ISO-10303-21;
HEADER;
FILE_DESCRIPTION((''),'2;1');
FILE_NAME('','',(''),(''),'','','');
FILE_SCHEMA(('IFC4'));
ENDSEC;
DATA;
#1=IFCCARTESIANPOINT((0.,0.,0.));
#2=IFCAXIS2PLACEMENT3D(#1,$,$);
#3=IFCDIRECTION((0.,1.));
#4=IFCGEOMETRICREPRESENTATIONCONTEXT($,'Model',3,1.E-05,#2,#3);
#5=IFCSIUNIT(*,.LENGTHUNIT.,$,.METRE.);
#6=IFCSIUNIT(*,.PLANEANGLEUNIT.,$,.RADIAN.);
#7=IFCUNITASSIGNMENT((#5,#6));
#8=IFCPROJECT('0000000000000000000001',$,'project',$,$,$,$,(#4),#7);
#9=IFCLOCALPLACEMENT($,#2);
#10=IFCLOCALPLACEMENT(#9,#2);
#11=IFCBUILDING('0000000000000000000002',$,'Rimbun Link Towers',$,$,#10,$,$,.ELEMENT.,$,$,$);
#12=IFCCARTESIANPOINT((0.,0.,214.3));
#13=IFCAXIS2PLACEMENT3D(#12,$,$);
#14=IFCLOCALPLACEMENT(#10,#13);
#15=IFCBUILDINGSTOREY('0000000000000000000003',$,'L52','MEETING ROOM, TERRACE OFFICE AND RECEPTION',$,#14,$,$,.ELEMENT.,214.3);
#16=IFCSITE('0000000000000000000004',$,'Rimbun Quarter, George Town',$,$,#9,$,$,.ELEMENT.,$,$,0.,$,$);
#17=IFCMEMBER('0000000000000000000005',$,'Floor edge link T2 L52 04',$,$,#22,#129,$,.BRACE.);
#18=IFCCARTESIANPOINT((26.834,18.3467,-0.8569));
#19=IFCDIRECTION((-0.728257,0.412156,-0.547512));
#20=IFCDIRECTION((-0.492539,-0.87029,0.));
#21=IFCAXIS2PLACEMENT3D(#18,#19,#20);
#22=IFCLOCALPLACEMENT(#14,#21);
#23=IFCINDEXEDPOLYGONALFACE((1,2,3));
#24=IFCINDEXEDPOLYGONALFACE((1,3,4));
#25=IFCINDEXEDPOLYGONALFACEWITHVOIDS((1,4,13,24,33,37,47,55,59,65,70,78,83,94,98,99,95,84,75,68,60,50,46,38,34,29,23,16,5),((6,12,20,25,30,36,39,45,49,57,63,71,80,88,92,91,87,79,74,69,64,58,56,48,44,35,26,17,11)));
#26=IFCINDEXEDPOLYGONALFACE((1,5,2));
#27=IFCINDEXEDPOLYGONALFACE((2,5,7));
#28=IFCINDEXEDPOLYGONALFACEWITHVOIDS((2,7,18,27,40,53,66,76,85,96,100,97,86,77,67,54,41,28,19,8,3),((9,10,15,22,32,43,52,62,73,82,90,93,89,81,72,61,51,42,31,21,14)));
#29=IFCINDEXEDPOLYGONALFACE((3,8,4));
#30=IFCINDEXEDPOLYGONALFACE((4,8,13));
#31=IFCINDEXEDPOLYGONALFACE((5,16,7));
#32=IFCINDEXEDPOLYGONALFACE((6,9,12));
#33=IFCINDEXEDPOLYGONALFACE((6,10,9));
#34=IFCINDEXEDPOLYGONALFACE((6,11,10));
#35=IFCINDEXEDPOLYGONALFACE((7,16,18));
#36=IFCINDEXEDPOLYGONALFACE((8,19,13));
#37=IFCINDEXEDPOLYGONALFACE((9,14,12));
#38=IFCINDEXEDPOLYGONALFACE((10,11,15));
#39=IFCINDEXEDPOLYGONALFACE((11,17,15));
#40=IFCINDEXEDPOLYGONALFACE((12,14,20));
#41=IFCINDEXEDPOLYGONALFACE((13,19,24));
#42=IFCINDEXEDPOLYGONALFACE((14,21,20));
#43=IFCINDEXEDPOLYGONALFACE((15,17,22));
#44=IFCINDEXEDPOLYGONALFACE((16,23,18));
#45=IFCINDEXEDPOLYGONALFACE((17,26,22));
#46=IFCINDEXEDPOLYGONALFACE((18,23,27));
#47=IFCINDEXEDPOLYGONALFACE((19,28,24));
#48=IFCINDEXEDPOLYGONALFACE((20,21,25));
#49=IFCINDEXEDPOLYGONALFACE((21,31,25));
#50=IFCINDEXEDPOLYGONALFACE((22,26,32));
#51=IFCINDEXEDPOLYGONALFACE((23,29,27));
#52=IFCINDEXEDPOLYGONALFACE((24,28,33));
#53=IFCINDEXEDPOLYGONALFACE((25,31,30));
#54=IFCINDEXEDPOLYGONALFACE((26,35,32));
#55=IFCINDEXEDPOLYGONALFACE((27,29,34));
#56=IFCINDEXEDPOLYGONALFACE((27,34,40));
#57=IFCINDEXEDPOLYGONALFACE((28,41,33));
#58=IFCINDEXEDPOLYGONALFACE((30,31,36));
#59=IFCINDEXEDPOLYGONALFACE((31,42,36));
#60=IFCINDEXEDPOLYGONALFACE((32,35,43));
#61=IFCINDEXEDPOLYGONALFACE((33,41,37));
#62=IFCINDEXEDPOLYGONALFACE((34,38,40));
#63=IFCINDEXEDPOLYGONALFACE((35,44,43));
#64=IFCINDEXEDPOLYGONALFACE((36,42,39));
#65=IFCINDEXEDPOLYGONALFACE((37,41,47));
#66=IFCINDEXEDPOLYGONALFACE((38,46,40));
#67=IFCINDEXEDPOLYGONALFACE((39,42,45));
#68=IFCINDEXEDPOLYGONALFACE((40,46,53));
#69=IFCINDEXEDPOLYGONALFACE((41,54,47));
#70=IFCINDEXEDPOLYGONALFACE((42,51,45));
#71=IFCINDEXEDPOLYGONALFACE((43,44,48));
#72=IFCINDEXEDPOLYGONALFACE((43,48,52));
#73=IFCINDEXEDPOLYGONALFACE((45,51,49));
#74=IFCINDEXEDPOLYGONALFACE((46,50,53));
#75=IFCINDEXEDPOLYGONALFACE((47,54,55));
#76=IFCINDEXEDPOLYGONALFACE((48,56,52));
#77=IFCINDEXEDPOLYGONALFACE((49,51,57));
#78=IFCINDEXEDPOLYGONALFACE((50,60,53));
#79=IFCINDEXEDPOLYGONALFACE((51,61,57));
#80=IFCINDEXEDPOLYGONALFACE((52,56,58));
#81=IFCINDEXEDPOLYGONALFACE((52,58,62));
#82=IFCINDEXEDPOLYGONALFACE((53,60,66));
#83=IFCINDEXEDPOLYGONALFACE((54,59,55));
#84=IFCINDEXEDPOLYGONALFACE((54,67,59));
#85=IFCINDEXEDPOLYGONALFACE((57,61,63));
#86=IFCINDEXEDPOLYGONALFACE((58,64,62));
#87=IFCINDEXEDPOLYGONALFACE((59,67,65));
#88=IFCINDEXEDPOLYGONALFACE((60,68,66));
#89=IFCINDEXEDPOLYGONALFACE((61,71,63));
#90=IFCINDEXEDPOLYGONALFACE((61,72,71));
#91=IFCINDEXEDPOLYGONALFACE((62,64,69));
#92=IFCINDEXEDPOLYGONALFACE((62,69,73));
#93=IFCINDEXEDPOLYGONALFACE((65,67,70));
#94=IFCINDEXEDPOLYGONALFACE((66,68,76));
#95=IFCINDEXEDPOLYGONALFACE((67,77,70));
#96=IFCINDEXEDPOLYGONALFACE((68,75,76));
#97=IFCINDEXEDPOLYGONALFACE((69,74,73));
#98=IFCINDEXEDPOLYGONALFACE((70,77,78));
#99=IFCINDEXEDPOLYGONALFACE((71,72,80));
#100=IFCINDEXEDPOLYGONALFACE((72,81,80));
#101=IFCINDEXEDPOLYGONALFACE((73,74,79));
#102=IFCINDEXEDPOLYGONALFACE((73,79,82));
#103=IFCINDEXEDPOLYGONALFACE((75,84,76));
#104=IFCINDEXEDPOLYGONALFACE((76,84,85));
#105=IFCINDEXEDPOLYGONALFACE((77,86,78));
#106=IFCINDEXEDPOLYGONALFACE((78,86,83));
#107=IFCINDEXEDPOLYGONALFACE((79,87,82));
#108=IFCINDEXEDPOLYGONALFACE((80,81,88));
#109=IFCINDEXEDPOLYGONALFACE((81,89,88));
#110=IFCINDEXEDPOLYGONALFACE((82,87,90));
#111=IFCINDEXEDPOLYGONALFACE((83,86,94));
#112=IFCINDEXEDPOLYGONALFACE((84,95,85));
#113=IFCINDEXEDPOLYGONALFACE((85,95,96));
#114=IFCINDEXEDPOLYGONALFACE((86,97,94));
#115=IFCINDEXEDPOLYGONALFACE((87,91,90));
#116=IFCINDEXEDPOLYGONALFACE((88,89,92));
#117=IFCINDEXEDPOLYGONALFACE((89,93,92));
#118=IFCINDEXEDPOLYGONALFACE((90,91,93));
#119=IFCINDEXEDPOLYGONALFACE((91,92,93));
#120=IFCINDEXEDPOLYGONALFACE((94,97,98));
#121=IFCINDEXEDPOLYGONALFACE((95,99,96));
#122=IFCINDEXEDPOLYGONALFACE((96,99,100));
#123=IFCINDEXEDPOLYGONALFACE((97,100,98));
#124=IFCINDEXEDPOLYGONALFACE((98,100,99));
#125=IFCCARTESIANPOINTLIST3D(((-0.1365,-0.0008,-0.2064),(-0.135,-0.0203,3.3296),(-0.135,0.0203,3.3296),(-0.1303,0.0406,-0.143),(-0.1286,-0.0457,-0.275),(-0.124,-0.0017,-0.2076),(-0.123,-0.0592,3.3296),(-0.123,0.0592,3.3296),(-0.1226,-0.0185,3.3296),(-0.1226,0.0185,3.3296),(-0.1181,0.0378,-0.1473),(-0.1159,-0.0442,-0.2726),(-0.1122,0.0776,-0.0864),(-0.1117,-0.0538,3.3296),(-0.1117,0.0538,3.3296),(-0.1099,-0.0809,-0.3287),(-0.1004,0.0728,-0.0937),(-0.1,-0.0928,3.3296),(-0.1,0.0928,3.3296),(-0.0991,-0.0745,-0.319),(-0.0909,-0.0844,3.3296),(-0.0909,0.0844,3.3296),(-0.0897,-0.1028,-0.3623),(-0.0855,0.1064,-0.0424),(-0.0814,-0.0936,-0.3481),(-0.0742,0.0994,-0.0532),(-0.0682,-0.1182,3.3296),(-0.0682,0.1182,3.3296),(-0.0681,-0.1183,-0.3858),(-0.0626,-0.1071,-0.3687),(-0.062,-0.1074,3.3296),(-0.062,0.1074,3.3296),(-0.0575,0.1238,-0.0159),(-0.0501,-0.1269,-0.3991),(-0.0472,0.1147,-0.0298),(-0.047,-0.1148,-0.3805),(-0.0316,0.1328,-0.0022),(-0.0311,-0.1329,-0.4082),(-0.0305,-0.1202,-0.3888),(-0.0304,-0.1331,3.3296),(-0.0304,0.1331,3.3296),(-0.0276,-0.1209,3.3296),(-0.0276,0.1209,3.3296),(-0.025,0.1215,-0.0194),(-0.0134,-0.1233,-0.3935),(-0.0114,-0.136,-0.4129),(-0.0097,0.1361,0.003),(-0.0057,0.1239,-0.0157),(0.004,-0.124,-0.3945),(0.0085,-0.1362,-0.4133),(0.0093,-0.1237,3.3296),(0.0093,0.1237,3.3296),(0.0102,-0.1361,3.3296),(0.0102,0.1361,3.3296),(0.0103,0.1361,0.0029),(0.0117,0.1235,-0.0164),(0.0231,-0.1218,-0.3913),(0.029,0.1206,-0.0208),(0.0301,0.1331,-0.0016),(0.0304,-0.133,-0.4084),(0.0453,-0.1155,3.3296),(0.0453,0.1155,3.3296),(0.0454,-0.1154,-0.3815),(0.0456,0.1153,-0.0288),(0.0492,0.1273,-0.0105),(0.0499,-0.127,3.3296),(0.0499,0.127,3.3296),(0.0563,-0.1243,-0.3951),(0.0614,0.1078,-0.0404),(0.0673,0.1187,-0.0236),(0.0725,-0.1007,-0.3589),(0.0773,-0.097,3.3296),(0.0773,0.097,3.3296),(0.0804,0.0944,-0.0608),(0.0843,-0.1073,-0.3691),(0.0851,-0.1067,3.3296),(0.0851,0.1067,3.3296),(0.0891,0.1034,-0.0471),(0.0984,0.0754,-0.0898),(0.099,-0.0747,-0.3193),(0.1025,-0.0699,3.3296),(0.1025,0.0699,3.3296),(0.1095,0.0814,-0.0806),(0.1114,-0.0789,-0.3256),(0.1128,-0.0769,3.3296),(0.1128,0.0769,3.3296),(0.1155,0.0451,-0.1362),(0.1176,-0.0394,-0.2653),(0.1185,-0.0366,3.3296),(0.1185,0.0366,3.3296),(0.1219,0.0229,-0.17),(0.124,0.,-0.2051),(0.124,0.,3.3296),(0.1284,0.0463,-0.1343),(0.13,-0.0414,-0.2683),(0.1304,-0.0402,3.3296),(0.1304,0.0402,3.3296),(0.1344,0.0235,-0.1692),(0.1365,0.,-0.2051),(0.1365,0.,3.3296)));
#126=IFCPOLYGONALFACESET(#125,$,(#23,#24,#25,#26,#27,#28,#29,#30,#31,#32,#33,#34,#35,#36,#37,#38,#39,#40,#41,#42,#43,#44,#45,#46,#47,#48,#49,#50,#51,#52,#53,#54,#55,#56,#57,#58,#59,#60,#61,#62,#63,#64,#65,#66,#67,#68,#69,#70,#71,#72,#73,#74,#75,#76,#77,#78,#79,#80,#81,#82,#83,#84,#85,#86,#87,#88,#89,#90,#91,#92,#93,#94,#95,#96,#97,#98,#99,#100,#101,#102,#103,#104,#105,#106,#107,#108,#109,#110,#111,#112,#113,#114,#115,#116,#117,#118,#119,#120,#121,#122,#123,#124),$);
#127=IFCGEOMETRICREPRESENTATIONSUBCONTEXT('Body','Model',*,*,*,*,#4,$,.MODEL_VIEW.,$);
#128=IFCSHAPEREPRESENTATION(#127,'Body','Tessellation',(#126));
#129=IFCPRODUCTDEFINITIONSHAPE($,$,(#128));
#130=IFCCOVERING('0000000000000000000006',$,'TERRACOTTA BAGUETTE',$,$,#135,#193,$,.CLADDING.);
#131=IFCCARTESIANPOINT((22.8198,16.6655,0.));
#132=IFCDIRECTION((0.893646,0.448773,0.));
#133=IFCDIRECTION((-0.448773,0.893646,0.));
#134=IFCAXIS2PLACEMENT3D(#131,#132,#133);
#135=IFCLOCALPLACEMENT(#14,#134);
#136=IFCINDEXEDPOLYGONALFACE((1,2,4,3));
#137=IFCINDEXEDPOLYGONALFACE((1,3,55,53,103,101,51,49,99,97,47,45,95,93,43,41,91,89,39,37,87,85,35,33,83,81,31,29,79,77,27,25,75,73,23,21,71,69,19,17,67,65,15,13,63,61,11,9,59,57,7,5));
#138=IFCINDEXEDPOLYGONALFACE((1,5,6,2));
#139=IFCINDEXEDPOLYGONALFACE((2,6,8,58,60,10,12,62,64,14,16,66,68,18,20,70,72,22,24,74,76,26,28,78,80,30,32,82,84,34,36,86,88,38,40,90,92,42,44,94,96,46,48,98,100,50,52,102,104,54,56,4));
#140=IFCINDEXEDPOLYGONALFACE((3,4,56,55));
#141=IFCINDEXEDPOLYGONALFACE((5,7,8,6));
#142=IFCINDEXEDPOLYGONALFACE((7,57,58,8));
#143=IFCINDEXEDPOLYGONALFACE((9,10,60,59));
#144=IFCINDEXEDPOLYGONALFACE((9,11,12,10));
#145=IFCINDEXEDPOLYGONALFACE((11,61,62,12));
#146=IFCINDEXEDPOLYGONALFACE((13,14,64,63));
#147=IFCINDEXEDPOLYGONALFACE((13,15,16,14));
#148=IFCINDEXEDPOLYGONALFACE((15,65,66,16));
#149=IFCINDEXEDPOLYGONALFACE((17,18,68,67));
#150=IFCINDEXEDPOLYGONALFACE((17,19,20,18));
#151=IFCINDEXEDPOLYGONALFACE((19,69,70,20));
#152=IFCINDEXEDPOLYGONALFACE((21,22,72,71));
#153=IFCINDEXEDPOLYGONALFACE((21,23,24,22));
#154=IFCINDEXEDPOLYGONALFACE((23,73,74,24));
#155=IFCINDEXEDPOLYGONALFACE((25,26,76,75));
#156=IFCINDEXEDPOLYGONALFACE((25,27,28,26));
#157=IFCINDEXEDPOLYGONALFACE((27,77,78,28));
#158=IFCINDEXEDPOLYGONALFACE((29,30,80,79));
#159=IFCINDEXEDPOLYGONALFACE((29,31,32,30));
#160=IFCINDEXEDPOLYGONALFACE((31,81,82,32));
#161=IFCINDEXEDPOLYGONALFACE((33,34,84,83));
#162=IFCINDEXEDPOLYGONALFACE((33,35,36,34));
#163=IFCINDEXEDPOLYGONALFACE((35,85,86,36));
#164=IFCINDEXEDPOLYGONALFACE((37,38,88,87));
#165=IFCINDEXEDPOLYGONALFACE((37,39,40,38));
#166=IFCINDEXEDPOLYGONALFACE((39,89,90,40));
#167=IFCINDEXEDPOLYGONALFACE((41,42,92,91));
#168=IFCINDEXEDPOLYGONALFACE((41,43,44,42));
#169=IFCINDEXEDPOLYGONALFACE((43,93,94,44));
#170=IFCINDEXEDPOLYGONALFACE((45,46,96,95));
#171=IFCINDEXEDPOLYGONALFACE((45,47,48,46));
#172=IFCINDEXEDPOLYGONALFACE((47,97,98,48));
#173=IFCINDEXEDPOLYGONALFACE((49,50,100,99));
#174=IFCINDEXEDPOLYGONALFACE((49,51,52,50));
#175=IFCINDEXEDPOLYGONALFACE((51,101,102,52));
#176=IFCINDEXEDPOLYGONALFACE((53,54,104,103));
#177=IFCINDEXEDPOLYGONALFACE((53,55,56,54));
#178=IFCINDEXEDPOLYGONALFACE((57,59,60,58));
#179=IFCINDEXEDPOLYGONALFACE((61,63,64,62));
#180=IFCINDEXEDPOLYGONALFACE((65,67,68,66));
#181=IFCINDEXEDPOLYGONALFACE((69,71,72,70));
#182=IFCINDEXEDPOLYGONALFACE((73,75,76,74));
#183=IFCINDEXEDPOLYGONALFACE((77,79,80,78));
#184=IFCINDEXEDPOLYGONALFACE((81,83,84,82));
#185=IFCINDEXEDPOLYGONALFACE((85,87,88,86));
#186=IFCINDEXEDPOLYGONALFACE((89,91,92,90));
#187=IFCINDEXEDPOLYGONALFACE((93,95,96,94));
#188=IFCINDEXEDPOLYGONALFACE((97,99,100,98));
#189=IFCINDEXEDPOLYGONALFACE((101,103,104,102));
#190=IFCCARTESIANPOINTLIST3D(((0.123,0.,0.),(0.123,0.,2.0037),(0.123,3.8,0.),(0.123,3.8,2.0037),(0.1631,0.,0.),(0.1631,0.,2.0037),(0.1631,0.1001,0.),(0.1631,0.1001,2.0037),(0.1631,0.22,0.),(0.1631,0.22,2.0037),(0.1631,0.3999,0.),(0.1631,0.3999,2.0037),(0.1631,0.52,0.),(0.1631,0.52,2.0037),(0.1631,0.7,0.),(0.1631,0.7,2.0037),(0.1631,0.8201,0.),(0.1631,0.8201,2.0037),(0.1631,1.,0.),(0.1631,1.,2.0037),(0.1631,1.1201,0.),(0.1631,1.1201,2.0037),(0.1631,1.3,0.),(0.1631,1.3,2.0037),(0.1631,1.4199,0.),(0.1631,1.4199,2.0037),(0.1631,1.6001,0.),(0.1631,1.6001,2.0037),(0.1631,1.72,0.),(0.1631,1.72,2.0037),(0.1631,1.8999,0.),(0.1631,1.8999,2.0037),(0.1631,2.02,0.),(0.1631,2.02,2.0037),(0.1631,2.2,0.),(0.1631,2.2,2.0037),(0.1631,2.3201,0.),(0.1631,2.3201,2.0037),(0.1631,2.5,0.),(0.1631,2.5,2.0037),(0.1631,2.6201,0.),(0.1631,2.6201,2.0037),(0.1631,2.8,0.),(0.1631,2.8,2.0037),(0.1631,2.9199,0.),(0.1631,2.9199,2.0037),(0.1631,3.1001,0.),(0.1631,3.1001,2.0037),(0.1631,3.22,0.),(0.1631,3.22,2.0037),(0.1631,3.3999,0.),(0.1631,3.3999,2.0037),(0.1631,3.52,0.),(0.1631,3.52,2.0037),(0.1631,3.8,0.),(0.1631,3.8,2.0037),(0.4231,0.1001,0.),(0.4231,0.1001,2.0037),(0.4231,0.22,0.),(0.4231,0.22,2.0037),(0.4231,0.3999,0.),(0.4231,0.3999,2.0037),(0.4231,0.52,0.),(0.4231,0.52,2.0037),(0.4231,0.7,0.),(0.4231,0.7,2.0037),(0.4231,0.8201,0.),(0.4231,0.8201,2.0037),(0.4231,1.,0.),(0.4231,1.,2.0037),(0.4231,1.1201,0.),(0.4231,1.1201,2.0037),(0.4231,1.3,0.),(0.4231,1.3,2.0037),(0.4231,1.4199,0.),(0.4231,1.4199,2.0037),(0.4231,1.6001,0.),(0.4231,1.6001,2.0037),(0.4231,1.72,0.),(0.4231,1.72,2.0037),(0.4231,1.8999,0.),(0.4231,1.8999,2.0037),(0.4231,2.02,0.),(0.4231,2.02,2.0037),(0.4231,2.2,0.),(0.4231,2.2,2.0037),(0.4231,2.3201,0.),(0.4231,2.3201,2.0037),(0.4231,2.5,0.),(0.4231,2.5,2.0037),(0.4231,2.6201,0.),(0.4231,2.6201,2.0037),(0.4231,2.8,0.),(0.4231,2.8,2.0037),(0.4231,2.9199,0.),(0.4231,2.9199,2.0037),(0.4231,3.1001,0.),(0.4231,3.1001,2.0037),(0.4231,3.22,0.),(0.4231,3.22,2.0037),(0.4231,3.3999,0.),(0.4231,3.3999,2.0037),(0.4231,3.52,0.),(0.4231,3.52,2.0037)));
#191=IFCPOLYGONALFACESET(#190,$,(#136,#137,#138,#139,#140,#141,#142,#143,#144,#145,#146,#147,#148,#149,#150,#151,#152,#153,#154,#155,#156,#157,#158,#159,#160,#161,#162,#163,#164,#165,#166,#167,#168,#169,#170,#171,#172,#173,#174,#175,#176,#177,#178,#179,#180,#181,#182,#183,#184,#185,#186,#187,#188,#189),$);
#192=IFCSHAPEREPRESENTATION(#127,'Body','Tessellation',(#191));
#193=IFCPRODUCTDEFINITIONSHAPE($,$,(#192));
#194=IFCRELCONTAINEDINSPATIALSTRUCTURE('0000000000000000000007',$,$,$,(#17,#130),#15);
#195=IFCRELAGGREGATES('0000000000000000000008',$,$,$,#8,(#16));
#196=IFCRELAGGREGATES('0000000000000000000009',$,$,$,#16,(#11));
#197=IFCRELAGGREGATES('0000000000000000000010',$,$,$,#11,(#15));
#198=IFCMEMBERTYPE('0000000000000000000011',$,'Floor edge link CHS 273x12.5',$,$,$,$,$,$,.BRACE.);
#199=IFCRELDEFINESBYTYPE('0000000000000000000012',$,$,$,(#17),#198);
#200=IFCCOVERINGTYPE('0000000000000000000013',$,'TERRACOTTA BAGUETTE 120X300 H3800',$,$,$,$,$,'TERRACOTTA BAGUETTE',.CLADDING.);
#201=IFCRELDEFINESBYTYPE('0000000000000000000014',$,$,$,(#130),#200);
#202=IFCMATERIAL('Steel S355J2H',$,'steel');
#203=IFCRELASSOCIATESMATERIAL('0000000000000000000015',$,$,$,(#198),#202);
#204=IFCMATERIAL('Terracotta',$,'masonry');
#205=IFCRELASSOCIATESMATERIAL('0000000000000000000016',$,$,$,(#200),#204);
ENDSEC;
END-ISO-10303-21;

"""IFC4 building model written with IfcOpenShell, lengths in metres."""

from ifc_helpers import new_model, si_unit, direction, frame, origin, origin_2d, place, context, subcontext, project, spatial, polyline, hollow_circle, outline, extrude, clip, halfspace, material, material_profile, profile_set, type_object, element, save


model = new_model("IFC4")

# Units and contexts
model_context = context("Model", 3, precision=1e-05, world=origin(), true_north=direction((0.0, 1.0)))
body_context = subcontext(model_context, "Body", "Model", "MODEL_VIEW")
ifc_project = project(units=[si_unit("LENGTHUNIT", "METRE"), si_unit("PLANEANGLEUNIT", "RADIAN")], contexts=[model_context])

# Site, building, storey
site_placement = place(None, origin())
site = spatial("IfcSite", under=ifc_project, at=site_placement, Name="Rimbun Quarter, George Town", CompositionType="ELEMENT", RefElevation=0.0)
building_placement = place(site_placement, origin())
building = spatial("IfcBuilding", under=site, at=building_placement, Name="Rimbun Link Towers", CompositionType="ELEMENT")
storey_placement = place(building_placement, frame((0.0, 0.0, 214.3)))
storey = spatial("IfcBuildingStorey", under=building, at=storey_placement, Name="L52", Description="MEETING ROOM, TERRACE OFFICE AND RECEPTION", CompositionType="ELEMENT", Elevation=214.3)

# Member
ifc_material_1 = material(Name="Steel S355J2H", Category="steel")
ifc_material_profile_1 = material_profile(ifc_material_1, hollow_circle(Radius=0.1365, WallThickness=0.0125, at=origin_2d()), Name="CHS 273x12.5")
ifc_profile_set_1 = profile_set([ifc_material_profile_1], Name="Steel S355J2H")
member_type_1 = type_object("IfcMemberType", Name="Floor edge link CHS 273x12.5", PredefinedType="BRACE", material=ifc_profile_set_1)
member_1_placement = place(storey_placement, frame((26.834, 18.3467, -0.8569), z_axis=(-0.728257, 0.412156, -0.547512), x_axis=(-0.492539, -0.87029, 0.0)))
element("IfcMember", 1, at=member_1_placement, inside=storey, type_object=member_type_1, Name="Floor edge link T2 L52 04", PredefinedType="BRACE", context=body_context, shape_type="Clipping", body=[
    clip(extrude(hollow_circle(Radius=0.1365, WallThickness=0.0125, at=origin_2d()), frame((0.0, 0.0, -0.4355)), (0.0, 0.0, 1.0), 3.7651), halfspace(frame((0.0, 0.0, -0.2051), z_axis=(0.0, 0.836798, -0.547512)), False)),
])

# Covering
ifc_material_2 = material(Name="Terracotta", Category="masonry")
ifc_material_profile_2 = material_profile(ifc_material_2, outline(polyline([(0.123, 0.0), (0.1631, 0.0), (0.1631, 0.1001), (0.4231, 0.1001), (0.4231, 0.22), (0.1631, 0.22), (0.1631, 0.3999), (0.4231, 0.3999), (0.4231, 0.52), (0.1631, 0.52), (0.1631, 0.7), (0.4231, 0.7), (0.4231, 0.8201), (0.1631, 0.8201), (0.1631, 1.0), (0.4231, 1.0), (0.4231, 1.1201), (0.1631, 1.1201), (0.1631, 1.3), (0.4231, 1.3), (0.4231, 1.4199), (0.1631, 1.4199), (0.1631, 1.6001), (0.4231, 1.6001), (0.4231, 1.72), (0.1631, 1.72), (0.1631, 1.8999), (0.4231, 1.8999), (0.4231, 2.02), (0.1631, 2.02), (0.1631, 2.2), (0.4231, 2.2), (0.4231, 2.3201), (0.1631, 2.3201), (0.1631, 2.5), (0.4231, 2.5), (0.4231, 2.6201), (0.1631, 2.6201), (0.1631, 2.8), (0.4231, 2.8), (0.4231, 2.9199), (0.1631, 2.9199), (0.1631, 3.1001), (0.4231, 3.1001), (0.4231, 3.22), (0.1631, 3.22), (0.1631, 3.3999), (0.4231, 3.3999), (0.4231, 3.52), (0.1631, 3.52), (0.1631, 3.8), (0.123, 3.8), (0.123, 0.0)])), Name="BAGUETTE 120X300")
ifc_profile_set_2 = profile_set([ifc_material_profile_2], Name="Terracotta")
covering_type = type_object("IfcCoveringType", Name="TERRACOTTA BAGUETTE 120X300 H3800", ElementType="TERRACOTTA BAGUETTE", PredefinedType="CLADDING", material=ifc_profile_set_2)
covering_1_placement = place(storey_placement, frame((22.8198, 16.6655, 0.0), z_axis=(0.893646, 0.448773, 0.0), x_axis=(-0.448773, 0.893646, 0.0)))
element("IfcCovering", 2, at=covering_1_placement, inside=storey, type_object=covering_type, Name="TERRACOTTA BAGUETTE", PredefinedType="CLADDING", context=body_context, shape_type="SweptSolid", body=[
    extrude(outline(polyline([(0.123, 0.0), (0.1631, 0.0), (0.1631, 0.1001), (0.4231, 0.1001), (0.4231, 0.22), (0.1631, 0.22), (0.1631, 0.3999), (0.4231, 0.3999), (0.4231, 0.52), (0.1631, 0.52), (0.1631, 0.7), (0.4231, 0.7), (0.4231, 0.8201), (0.1631, 0.8201), (0.1631, 1.0), (0.4231, 1.0), (0.4231, 1.1201), (0.1631, 1.1201), (0.1631, 1.3), (0.4231, 1.3), (0.4231, 1.4199), (0.1631, 1.4199), (0.1631, 1.6001), (0.4231, 1.6001), (0.4231, 1.72), (0.1631, 1.72), (0.1631, 1.8999), (0.4231, 1.8999), (0.4231, 2.02), (0.1631, 2.02), (0.1631, 2.2), (0.4231, 2.2), (0.4231, 2.3201), (0.1631, 2.3201), (0.1631, 2.5), (0.4231, 2.5), (0.4231, 2.6201), (0.1631, 2.6201), (0.1631, 2.8), (0.4231, 2.8), (0.4231, 2.9199), (0.1631, 2.9199), (0.1631, 3.1001), (0.4231, 3.1001), (0.4231, 3.22), (0.1631, 3.22), (0.1631, 3.3999), (0.4231, 3.3999), (0.4231, 3.52), (0.1631, 3.52), (0.1631, 3.8), (0.123, 3.8), (0.123, 0.0)])), origin(), (0.0, 0.0, 1.0), 2.0037),
])

save(model, "model.ifc")
